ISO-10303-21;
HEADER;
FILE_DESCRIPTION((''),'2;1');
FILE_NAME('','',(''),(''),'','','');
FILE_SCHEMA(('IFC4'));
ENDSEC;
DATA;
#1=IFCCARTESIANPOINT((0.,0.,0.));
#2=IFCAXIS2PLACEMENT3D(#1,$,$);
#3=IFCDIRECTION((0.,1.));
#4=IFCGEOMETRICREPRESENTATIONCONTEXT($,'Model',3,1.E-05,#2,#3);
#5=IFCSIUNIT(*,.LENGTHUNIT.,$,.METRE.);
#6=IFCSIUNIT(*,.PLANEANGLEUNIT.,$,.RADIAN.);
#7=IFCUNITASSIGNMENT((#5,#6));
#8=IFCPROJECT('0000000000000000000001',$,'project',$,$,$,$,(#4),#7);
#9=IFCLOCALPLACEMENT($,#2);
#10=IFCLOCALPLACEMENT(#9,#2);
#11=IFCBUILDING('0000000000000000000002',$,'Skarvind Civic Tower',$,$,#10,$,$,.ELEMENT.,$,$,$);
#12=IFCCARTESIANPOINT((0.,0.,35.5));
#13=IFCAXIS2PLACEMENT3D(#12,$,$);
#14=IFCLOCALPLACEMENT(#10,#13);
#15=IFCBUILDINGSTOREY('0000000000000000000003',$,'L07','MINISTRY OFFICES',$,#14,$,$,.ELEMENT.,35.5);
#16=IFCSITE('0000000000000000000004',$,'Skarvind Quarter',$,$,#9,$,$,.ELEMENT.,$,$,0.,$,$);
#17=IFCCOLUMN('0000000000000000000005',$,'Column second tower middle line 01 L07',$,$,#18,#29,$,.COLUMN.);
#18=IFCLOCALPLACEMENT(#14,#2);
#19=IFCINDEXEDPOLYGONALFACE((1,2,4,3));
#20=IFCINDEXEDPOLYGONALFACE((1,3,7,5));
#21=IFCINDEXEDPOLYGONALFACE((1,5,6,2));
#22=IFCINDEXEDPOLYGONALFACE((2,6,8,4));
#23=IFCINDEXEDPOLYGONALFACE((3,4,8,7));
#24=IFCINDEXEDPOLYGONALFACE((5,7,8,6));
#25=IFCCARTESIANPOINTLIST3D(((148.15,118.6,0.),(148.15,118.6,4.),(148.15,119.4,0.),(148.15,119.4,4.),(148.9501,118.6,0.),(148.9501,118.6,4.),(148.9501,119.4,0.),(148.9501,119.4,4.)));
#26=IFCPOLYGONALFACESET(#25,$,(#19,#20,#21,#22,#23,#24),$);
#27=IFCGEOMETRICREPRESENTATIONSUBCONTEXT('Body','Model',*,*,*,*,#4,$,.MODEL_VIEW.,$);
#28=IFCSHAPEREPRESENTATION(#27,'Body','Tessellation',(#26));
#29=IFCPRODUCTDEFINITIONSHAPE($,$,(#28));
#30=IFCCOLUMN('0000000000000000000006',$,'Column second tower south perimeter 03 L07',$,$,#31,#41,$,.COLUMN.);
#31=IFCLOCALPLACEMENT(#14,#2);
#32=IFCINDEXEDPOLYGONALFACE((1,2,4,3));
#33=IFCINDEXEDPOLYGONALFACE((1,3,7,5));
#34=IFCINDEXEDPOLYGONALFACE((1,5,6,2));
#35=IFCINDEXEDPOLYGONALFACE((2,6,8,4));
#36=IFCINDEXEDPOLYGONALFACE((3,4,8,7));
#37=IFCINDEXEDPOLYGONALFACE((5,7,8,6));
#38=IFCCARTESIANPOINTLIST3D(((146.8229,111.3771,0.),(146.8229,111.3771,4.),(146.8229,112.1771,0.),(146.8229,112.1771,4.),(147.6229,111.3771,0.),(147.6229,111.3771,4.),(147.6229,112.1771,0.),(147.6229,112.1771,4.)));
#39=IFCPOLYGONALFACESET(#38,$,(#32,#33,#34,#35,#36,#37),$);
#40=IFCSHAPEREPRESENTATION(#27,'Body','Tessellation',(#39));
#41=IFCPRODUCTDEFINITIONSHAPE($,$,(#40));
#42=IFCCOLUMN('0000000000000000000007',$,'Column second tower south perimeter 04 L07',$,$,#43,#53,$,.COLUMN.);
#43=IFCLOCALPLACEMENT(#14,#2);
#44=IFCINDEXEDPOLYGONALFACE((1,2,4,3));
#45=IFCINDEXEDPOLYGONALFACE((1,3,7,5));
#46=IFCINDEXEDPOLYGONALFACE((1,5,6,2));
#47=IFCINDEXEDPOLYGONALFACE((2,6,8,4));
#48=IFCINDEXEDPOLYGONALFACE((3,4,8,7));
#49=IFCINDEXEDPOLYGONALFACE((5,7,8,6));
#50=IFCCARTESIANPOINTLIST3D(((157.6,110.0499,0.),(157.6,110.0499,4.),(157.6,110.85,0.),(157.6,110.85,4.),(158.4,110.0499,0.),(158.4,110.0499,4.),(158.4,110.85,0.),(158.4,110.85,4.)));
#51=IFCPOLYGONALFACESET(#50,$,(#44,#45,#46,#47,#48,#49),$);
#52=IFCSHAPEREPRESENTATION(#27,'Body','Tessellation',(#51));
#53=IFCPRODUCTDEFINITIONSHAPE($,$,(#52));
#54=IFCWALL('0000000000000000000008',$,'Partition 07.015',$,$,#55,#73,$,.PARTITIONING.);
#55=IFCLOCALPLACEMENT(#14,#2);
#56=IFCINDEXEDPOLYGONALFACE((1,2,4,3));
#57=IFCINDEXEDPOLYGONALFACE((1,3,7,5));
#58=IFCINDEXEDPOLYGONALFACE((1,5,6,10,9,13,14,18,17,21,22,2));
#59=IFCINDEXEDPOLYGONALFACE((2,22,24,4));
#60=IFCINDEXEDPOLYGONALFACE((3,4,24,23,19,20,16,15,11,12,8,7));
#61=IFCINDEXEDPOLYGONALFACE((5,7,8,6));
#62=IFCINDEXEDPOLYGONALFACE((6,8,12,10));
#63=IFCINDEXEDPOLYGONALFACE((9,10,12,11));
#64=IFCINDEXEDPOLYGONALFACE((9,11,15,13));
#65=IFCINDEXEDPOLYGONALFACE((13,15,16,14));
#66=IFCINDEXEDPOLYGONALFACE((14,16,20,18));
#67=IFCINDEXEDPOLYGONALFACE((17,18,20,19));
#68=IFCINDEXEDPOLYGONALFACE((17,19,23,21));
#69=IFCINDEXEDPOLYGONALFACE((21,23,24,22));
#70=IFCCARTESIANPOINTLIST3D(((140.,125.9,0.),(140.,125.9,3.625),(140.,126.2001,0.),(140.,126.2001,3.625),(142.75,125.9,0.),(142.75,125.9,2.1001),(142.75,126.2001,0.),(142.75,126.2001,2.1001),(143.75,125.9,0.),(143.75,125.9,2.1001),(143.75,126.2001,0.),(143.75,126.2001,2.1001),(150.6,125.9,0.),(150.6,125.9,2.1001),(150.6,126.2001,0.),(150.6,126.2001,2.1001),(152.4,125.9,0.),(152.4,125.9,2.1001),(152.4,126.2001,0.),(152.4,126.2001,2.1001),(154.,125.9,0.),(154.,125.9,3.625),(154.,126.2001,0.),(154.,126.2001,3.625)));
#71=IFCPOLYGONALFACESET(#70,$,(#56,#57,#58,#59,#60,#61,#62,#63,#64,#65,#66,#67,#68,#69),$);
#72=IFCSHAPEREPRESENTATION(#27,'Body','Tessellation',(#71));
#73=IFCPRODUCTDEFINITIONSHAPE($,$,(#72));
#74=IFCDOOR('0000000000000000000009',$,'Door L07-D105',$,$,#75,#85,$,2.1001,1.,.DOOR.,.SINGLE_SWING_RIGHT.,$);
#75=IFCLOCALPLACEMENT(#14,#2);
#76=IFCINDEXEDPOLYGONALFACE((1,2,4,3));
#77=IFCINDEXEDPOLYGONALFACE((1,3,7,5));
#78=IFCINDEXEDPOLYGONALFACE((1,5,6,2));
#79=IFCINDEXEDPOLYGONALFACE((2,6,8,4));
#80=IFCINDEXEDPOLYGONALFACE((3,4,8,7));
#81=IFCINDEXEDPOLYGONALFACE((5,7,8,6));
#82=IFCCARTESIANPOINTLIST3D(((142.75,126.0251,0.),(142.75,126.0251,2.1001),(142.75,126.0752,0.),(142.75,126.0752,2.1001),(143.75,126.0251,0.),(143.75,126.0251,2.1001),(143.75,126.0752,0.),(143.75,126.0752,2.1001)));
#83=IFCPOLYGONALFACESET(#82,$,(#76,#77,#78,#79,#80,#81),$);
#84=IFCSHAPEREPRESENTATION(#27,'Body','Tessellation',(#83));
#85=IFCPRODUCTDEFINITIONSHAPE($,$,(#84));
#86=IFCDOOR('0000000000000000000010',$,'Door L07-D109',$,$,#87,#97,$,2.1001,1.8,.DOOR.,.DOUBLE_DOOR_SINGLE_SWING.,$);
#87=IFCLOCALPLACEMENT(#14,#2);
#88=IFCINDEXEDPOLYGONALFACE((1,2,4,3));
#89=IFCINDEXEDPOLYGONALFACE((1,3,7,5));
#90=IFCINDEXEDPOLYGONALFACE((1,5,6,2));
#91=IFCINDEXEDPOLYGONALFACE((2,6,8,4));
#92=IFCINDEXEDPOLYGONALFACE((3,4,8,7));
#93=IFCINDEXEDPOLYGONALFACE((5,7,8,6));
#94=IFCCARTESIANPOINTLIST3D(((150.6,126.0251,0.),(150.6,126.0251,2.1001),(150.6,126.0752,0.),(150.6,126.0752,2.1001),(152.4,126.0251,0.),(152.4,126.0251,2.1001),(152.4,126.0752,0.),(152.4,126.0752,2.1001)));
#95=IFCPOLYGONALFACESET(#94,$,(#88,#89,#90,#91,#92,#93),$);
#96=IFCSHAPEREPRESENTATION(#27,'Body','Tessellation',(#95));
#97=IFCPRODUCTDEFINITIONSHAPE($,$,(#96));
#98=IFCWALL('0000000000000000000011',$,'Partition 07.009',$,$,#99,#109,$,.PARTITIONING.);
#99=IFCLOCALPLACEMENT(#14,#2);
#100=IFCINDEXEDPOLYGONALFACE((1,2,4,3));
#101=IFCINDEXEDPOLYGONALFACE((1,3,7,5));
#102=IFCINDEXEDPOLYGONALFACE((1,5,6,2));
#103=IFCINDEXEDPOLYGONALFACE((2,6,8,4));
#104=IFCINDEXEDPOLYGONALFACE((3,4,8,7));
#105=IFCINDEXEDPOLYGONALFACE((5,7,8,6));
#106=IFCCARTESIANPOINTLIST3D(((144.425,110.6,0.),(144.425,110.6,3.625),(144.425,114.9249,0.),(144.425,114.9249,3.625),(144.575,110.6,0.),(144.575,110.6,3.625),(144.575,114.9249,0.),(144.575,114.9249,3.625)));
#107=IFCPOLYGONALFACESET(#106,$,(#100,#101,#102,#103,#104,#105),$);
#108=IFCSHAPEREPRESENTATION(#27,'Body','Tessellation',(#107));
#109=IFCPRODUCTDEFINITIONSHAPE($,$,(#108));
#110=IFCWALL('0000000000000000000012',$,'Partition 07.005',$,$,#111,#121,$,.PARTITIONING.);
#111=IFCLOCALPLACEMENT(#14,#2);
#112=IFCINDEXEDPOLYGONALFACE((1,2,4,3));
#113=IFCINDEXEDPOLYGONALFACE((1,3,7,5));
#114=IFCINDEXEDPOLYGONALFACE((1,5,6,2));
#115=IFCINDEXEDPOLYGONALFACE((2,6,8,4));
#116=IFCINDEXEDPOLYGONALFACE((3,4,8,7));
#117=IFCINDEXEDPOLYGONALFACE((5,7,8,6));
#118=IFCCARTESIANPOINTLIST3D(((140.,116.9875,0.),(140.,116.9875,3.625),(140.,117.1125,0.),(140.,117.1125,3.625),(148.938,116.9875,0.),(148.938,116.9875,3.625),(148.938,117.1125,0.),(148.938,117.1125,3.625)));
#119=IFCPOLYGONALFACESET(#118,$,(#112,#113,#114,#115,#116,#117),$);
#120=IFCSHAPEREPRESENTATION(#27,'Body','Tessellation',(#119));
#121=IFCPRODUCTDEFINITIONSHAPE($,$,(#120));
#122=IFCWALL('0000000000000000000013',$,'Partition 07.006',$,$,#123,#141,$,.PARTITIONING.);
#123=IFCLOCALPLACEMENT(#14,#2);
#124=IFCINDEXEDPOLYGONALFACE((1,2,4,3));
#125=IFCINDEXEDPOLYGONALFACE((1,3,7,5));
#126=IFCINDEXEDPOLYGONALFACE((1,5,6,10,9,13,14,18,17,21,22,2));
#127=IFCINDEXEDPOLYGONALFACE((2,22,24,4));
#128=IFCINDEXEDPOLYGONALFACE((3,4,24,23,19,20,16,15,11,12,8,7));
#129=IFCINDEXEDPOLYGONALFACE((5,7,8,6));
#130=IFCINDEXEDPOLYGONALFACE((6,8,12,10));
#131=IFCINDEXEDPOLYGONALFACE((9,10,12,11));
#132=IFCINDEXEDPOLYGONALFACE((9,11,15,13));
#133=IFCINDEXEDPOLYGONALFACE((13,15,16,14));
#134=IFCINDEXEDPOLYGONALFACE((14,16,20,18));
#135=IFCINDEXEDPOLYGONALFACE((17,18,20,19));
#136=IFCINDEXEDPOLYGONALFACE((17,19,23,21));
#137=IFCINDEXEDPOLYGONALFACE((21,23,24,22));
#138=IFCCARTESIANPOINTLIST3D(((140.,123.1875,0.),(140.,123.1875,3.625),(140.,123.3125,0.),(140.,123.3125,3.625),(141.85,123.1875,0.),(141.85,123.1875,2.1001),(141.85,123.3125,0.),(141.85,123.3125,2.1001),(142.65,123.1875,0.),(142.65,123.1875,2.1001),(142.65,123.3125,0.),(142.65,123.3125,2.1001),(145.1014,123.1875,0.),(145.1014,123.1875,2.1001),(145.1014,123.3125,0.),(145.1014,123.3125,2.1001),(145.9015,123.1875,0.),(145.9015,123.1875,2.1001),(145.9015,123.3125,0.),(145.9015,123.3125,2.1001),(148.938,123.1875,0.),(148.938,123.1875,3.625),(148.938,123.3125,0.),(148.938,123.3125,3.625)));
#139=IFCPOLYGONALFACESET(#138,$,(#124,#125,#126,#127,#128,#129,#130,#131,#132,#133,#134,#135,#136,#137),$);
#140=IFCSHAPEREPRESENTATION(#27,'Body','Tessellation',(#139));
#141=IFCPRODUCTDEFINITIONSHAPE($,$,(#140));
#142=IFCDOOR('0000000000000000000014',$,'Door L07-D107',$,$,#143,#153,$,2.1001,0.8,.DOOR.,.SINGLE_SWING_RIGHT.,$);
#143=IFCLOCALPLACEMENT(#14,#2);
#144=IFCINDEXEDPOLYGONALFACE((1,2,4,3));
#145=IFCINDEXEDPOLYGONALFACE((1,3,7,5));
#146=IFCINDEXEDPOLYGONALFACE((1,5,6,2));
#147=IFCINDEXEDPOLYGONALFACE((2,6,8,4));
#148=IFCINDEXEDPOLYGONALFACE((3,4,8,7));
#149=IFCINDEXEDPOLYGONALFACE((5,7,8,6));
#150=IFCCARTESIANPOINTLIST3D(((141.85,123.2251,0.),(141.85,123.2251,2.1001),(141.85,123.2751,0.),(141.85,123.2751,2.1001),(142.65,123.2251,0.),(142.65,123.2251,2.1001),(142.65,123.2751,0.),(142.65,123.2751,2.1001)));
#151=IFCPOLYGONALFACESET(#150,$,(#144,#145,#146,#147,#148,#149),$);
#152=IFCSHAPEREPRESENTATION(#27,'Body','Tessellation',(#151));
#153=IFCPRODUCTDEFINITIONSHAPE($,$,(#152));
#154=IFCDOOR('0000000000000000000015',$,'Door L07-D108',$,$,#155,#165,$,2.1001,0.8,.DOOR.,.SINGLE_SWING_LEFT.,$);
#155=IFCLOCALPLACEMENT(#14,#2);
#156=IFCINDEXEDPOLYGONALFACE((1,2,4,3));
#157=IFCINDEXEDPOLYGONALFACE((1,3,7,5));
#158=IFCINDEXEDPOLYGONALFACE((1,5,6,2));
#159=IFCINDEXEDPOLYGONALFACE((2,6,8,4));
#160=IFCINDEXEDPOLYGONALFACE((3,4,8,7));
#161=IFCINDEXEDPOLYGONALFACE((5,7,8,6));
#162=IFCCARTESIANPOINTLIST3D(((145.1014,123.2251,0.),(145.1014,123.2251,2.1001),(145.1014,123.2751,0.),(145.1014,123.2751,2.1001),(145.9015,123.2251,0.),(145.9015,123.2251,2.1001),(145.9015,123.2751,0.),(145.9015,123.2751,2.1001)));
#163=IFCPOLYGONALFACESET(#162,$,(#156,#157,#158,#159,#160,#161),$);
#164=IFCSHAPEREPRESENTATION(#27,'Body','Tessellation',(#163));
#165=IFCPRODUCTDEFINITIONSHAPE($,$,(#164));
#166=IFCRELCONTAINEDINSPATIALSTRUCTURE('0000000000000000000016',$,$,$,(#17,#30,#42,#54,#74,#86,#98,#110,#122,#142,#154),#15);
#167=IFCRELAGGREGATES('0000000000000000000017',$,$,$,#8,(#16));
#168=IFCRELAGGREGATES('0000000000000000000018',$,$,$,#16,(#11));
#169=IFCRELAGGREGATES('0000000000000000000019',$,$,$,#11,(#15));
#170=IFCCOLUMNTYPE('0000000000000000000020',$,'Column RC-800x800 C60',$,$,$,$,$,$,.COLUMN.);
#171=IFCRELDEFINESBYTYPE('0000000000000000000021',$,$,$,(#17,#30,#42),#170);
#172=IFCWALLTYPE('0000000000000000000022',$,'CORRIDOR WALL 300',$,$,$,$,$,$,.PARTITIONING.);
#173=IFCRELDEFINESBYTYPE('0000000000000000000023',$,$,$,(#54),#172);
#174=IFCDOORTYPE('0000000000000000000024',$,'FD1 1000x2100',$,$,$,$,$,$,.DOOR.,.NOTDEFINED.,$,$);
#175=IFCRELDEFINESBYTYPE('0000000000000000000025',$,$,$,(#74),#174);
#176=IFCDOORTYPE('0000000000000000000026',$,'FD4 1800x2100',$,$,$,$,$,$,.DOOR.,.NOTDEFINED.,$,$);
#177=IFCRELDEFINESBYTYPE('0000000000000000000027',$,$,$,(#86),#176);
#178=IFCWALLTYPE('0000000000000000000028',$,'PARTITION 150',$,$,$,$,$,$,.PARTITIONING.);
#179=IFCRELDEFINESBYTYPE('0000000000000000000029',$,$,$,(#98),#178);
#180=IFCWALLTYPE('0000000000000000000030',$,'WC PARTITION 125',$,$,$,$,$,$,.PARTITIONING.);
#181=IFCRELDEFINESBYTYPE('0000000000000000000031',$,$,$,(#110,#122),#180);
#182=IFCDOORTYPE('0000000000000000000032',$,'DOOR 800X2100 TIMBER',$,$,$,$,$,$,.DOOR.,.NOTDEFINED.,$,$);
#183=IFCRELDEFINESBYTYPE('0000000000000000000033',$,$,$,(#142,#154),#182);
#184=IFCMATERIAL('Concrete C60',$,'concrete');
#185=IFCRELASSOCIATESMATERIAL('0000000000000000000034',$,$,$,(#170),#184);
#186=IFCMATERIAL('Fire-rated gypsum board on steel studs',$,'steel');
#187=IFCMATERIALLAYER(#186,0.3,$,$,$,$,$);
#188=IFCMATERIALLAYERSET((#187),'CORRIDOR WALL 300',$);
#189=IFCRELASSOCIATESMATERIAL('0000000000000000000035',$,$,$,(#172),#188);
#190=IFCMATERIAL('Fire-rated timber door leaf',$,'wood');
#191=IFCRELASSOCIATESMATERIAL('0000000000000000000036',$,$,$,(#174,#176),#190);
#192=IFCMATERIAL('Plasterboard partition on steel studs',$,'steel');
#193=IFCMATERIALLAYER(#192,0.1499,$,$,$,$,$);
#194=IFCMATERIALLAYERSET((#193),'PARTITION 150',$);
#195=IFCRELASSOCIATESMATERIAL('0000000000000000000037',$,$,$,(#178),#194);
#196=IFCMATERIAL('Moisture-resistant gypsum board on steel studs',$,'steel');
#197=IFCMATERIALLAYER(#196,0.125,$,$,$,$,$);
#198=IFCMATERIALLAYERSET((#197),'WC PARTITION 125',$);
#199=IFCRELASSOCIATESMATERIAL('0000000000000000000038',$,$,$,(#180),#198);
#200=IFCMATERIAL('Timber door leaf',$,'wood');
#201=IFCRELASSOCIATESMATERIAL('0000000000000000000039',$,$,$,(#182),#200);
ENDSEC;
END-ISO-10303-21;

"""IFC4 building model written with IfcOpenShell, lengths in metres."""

from ifc_helpers import new_model, si_unit, direction, frame, frame_2d, origin, origin_2d, place, context, subcontext, project, spatial, rectangle, extrude, material, layer, layer_set, material_profile, profile_set, type_object, element, fill, save


model = new_model("IFC4")

# Units and contexts
model_context = context("Model", 3, precision=1e-05, world=origin(), true_north=direction((0.0, 1.0)))
body_context = subcontext(model_context, "Body", "Model", "MODEL_VIEW")
ifc_project = project(units=[si_unit("LENGTHUNIT", "METRE"), si_unit("PLANEANGLEUNIT", "RADIAN")], contexts=[model_context])

# Site, building, storey
site_placement = place(None, origin())
site = spatial("IfcSite", under=ifc_project, at=site_placement, Name="Skarvind Quarter", CompositionType="ELEMENT", RefElevation=0.0)
building_placement = place(site_placement, origin())
building = spatial("IfcBuilding", under=site, at=building_placement, Name="Skarvind Civic Tower", CompositionType="ELEMENT")
storey_placement = place(building_placement, frame((0.0, 0.0, 35.5)))
storey = spatial("IfcBuildingStorey", under=building, at=storey_placement, Name="L07", Description="MINISTRY OFFICES", CompositionType="ELEMENT", Elevation=35.5)

# Columns
ifc_material_1 = material(Name="Concrete C60", Category="concrete")
ifc_material_profile = material_profile(ifc_material_1, rectangle(XDim=0.8, YDim=0.8, at=origin_2d()), Name="RC-800x800")
ifc_profile_set = profile_set([ifc_material_profile], Name="Concrete C60")
column_type = type_object("IfcColumnType", Name="Column RC-800x800 C60", PredefinedType="COLUMN", material=ifc_profile_set)
for number, where, z_axis, x_axis, name in (
    (1, (148.55, 119.0, 0.0), (0.0, 0.0, 1.0), (1.0, 0.0, 0.0), "Column second tower middle line 01 L07"),
    (2, (147.2229, 111.7771, 0.0), (0.0, 0.0, 1.0), (1.0, 0.0, 0.0), "Column second tower south perimeter 03 L07"),
    (3, (158.0, 110.45, 0.0), (0.0, 0.0, 1.0), (1.0, 0.0, 0.0), "Column second tower south perimeter 04 L07"),
):
    element("IfcColumn", number, at=place(storey_placement, frame(where, z_axis=z_axis, x_axis=x_axis)), inside=storey, type_object=column_type, Name=name, PredefinedType="COLUMN", context=body_context, shape_type="SweptSolid", body=[
        extrude(rectangle(XDim=0.8, YDim=0.8, at=origin_2d()), origin(), (0.0, 0.0, 1.0), 4.0),
    ])

# Wall, openings, doors
ifc_material_2 = material(Name="Fire-rated gypsum board on steel studs", Category="steel")
ifc_layer_1 = layer(ifc_material_2, 0.3)
ifc_layer_set_1 = layer_set([ifc_layer_1], Name="CORRIDOR WALL 300")
wall_type_1 = type_object("IfcWallType", Name="CORRIDOR WALL 300", PredefinedType="PARTITIONING", material=ifc_layer_set_1)
wall_1_placement = place(storey_placement, frame((154.0, 126.05, 0.0), z_axis=(0.0, 0.0, 1.0), x_axis=(-1.0, 0.0, 0.0)))
wall_1 = element("IfcWall", 4, at=wall_1_placement, inside=storey, type_object=wall_type_1, Name="Partition 07.015", PredefinedType="PARTITIONING", context=body_context, shape_type="SweptSolid", body=[
    extrude(rectangle(XDim=14.0, YDim=0.3, at=frame_2d((7.0, 0.0))), origin(), (0.0, 0.0, 1.0), 3.625),
])
opening_1_placement = place(wall_1_placement, frame((10.25, 0.0, 0.0)))
opening_1 = element("IfcOpeningElement", 5, at=opening_1_placement, cuts=wall_1, PredefinedType="OPENING", context=body_context, shape_type="SweptSolid", body=[
    extrude(rectangle(XDim=1.0, YDim=2.1001, at=frame_2d((0.5, 1.05))), frame((0.0, 0.1599, 0.0), z_axis=(0.0, -1.0, 0.0), x_axis=(1.0, 0.0, 0.0)), (0.0, 0.0, 1.0), 0.3201),
])
opening_2_placement = place(wall_1_placement, frame((1.6001, 0.0, 0.0)))
opening_2 = element("IfcOpeningElement", 6, at=opening_2_placement, cuts=wall_1, PredefinedType="OPENING", context=body_context, shape_type="SweptSolid", body=[
    extrude(rectangle(XDim=1.8, YDim=2.1001, at=frame_2d((0.8999, 1.05))), frame((0.0, 0.1599, 0.0), z_axis=(0.0, -1.0, 0.0), x_axis=(1.0, 0.0, 0.0)), (0.0, 0.0, 1.0), 0.3201),
])
ifc_material_3 = material(Name="Fire-rated timber door leaf", Category="wood")
door_type_1 = type_object("IfcDoorType", Name="FD1 1000x2100", OperationType="NOTDEFINED", PredefinedType="DOOR", material=ifc_material_3)
door_1_placement = place(opening_1_placement, origin())
door_1 = element("IfcDoor", 7, at=door_1_placement, inside=storey, type_object=door_type_1, Name="Door L07-D105", OperationType="SINGLE_SWING_RIGHT", OverallHeight=2.1001, OverallWidth=1.0, PredefinedType="DOOR", context=body_context, shape_type="SweptSolid", body=[
    extrude(rectangle(XDim=1.0, YDim=2.1001, at=frame_2d((0.5, 1.05))), frame((0.0, 0.0249, 0.0), z_axis=(0.0, -1.0, 0.0), x_axis=(1.0, 0.0, 0.0)), (0.0, 0.0, 1.0), 0.05),
])
fill(opening_1, door_1)
door_type_2 = type_object("IfcDoorType", Name="FD4 1800x2100", OperationType="NOTDEFINED", PredefinedType="DOOR", material=ifc_material_3)
door_2_placement = place(opening_2_placement, origin())
door_2 = element("IfcDoor", 8, at=door_2_placement, inside=storey, type_object=door_type_2, Name="Door L07-D109", OperationType="DOUBLE_DOOR_SINGLE_SWING", OverallHeight=2.1001, OverallWidth=1.8, PredefinedType="DOOR", context=body_context, shape_type="SweptSolid", body=[
    extrude(rectangle(XDim=1.8, YDim=2.1001, at=frame_2d((0.8999, 1.05))), frame((0.0, 0.0249, 0.0), z_axis=(0.0, -1.0, 0.0), x_axis=(1.0, 0.0, 0.0)), (0.0, 0.0, 1.0), 0.05),
])
fill(opening_2, door_2)

# Walls
ifc_material_4 = material(Name="Plasterboard partition on steel studs", Category="steel")
ifc_layer_2 = layer(ifc_material_4, 0.1499)
ifc_layer_set_2 = layer_set([ifc_layer_2], Name="PARTITION 150")
wall_type_2 = type_object("IfcWallType", Name="PARTITION 150", PredefinedType="PARTITIONING", material=ifc_layer_set_2)
wall_2_placement = place(storey_placement, frame((144.5, 114.925, 0.0), z_axis=(0.0, 0.0, 1.0), x_axis=(0.0, -1.0, 0.0)))
element("IfcWall", 9, at=wall_2_placement, inside=storey, type_object=wall_type_2, Name="Partition 07.009", PredefinedType="PARTITIONING", context=body_context, shape_type="SweptSolid", body=[
    extrude(rectangle(XDim=4.325, YDim=0.1499, at=frame_2d((2.1626, 0.0))), origin(), (0.0, 0.0, 1.0), 3.625),
])
ifc_material_5 = material(Name="Moisture-resistant gypsum board on steel studs", Category="steel")
ifc_layer_3 = layer(ifc_material_5, 0.125)
ifc_layer_set_3 = layer_set([ifc_layer_3], Name="WC PARTITION 125")
wall_type_3 = type_object("IfcWallType", Name="WC PARTITION 125", PredefinedType="PARTITIONING", material=ifc_layer_set_3)
wall_3_placement = place(storey_placement, frame((140.0, 117.05, 0.0), z_axis=(0.0, 0.0, 1.0), x_axis=(1.0, 0.0, 0.0)))
element("IfcWall", 10, at=wall_3_placement, inside=storey, type_object=wall_type_3, Name="Partition 07.005", PredefinedType="PARTITIONING", context=body_context, shape_type="SweptSolid", body=[
    extrude(rectangle(XDim=8.938, YDim=0.125, at=frame_2d((4.469, 0.0))), origin(), (0.0, 0.0, 1.0), 3.625),
])

# Wall, openings, doors
wall_4_placement = place(storey_placement, frame((148.938, 123.25, 0.0), z_axis=(0.0, 0.0, 1.0), x_axis=(-1.0, 0.0, 0.0)))
wall_4 = element("IfcWall", 11, at=wall_4_placement, inside=storey, type_object=wall_type_3, Name="Partition 07.006", PredefinedType="PARTITIONING", context=body_context, shape_type="SweptSolid", body=[
    extrude(rectangle(XDim=8.938, YDim=0.125, at=frame_2d((4.469, 0.0))), origin(), (0.0, 0.0, 1.0), 3.625),
])
opening_3_placement = place(wall_4_placement, frame((6.2881, 0.0, 0.0)))
opening_3 = element("IfcOpeningElement", 12, at=opening_3_placement, cuts=wall_4, PredefinedType="OPENING", context=body_context, shape_type="SweptSolid", body=[
    extrude(rectangle(XDim=0.8, YDim=2.1001, at=frame_2d((0.3999, 1.05))), frame((0.0, 0.0725, 0.0), z_axis=(0.0, -1.0, 0.0), x_axis=(1.0, 0.0, 0.0)), (0.0, 0.0, 1.0), 0.145),
])
opening_4_placement = place(wall_4_placement, frame((3.0366, 0.0, 0.0)))
opening_4 = element("IfcOpeningElement", 13, at=opening_4_placement, cuts=wall_4, PredefinedType="OPENING", context=body_context, shape_type="SweptSolid", body=[
    extrude(rectangle(XDim=0.8, YDim=2.1001, at=frame_2d((0.3999, 1.05))), frame((0.0, 0.0725, 0.0), z_axis=(0.0, -1.0, 0.0), x_axis=(1.0, 0.0, 0.0)), (0.0, 0.0, 1.0), 0.145),
])
ifc_material_6 = material(Name="Timber door leaf", Category="wood")
door_type_3 = type_object("IfcDoorType", Name="DOOR 800X2100 TIMBER", OperationType="NOTDEFINED", PredefinedType="DOOR", material=ifc_material_6)
door_3_placement = place(opening_3_placement, origin())
door_3 = element("IfcDoor", 14, at=door_3_placement, inside=storey, type_object=door_type_3, Name="Door L07-D107", OperationType="SINGLE_SWING_RIGHT", OverallHeight=2.1001, OverallWidth=0.8, PredefinedType="DOOR", context=body_context, shape_type="SweptSolid", body=[
    extrude(rectangle(XDim=0.8, YDim=2.1001, at=frame_2d((0.3999, 1.05))), frame((0.0, 0.0249, 0.0), z_axis=(0.0, -1.0, 0.0), x_axis=(1.0, 0.0, 0.0)), (0.0, 0.0, 1.0), 0.05),
])
fill(opening_3, door_3)
door_4_placement = place(opening_4_placement, origin())
door_4 = element("IfcDoor", 15, at=door_4_placement, inside=storey, type_object=door_type_3, Name="Door L07-D108", OperationType="SINGLE_SWING_LEFT", OverallHeight=2.1001, OverallWidth=0.8, PredefinedType="DOOR", context=body_context, shape_type="SweptSolid", body=[
    extrude(rectangle(XDim=0.8, YDim=2.1001, at=frame_2d((0.3999, 1.05))), frame((0.0, 0.0249, 0.0), z_axis=(0.0, -1.0, 0.0), x_axis=(1.0, 0.0, 0.0)), (0.0, 0.0, 1.0), 0.05),
])
fill(opening_4, door_4)

save(model, "model.ifc")
